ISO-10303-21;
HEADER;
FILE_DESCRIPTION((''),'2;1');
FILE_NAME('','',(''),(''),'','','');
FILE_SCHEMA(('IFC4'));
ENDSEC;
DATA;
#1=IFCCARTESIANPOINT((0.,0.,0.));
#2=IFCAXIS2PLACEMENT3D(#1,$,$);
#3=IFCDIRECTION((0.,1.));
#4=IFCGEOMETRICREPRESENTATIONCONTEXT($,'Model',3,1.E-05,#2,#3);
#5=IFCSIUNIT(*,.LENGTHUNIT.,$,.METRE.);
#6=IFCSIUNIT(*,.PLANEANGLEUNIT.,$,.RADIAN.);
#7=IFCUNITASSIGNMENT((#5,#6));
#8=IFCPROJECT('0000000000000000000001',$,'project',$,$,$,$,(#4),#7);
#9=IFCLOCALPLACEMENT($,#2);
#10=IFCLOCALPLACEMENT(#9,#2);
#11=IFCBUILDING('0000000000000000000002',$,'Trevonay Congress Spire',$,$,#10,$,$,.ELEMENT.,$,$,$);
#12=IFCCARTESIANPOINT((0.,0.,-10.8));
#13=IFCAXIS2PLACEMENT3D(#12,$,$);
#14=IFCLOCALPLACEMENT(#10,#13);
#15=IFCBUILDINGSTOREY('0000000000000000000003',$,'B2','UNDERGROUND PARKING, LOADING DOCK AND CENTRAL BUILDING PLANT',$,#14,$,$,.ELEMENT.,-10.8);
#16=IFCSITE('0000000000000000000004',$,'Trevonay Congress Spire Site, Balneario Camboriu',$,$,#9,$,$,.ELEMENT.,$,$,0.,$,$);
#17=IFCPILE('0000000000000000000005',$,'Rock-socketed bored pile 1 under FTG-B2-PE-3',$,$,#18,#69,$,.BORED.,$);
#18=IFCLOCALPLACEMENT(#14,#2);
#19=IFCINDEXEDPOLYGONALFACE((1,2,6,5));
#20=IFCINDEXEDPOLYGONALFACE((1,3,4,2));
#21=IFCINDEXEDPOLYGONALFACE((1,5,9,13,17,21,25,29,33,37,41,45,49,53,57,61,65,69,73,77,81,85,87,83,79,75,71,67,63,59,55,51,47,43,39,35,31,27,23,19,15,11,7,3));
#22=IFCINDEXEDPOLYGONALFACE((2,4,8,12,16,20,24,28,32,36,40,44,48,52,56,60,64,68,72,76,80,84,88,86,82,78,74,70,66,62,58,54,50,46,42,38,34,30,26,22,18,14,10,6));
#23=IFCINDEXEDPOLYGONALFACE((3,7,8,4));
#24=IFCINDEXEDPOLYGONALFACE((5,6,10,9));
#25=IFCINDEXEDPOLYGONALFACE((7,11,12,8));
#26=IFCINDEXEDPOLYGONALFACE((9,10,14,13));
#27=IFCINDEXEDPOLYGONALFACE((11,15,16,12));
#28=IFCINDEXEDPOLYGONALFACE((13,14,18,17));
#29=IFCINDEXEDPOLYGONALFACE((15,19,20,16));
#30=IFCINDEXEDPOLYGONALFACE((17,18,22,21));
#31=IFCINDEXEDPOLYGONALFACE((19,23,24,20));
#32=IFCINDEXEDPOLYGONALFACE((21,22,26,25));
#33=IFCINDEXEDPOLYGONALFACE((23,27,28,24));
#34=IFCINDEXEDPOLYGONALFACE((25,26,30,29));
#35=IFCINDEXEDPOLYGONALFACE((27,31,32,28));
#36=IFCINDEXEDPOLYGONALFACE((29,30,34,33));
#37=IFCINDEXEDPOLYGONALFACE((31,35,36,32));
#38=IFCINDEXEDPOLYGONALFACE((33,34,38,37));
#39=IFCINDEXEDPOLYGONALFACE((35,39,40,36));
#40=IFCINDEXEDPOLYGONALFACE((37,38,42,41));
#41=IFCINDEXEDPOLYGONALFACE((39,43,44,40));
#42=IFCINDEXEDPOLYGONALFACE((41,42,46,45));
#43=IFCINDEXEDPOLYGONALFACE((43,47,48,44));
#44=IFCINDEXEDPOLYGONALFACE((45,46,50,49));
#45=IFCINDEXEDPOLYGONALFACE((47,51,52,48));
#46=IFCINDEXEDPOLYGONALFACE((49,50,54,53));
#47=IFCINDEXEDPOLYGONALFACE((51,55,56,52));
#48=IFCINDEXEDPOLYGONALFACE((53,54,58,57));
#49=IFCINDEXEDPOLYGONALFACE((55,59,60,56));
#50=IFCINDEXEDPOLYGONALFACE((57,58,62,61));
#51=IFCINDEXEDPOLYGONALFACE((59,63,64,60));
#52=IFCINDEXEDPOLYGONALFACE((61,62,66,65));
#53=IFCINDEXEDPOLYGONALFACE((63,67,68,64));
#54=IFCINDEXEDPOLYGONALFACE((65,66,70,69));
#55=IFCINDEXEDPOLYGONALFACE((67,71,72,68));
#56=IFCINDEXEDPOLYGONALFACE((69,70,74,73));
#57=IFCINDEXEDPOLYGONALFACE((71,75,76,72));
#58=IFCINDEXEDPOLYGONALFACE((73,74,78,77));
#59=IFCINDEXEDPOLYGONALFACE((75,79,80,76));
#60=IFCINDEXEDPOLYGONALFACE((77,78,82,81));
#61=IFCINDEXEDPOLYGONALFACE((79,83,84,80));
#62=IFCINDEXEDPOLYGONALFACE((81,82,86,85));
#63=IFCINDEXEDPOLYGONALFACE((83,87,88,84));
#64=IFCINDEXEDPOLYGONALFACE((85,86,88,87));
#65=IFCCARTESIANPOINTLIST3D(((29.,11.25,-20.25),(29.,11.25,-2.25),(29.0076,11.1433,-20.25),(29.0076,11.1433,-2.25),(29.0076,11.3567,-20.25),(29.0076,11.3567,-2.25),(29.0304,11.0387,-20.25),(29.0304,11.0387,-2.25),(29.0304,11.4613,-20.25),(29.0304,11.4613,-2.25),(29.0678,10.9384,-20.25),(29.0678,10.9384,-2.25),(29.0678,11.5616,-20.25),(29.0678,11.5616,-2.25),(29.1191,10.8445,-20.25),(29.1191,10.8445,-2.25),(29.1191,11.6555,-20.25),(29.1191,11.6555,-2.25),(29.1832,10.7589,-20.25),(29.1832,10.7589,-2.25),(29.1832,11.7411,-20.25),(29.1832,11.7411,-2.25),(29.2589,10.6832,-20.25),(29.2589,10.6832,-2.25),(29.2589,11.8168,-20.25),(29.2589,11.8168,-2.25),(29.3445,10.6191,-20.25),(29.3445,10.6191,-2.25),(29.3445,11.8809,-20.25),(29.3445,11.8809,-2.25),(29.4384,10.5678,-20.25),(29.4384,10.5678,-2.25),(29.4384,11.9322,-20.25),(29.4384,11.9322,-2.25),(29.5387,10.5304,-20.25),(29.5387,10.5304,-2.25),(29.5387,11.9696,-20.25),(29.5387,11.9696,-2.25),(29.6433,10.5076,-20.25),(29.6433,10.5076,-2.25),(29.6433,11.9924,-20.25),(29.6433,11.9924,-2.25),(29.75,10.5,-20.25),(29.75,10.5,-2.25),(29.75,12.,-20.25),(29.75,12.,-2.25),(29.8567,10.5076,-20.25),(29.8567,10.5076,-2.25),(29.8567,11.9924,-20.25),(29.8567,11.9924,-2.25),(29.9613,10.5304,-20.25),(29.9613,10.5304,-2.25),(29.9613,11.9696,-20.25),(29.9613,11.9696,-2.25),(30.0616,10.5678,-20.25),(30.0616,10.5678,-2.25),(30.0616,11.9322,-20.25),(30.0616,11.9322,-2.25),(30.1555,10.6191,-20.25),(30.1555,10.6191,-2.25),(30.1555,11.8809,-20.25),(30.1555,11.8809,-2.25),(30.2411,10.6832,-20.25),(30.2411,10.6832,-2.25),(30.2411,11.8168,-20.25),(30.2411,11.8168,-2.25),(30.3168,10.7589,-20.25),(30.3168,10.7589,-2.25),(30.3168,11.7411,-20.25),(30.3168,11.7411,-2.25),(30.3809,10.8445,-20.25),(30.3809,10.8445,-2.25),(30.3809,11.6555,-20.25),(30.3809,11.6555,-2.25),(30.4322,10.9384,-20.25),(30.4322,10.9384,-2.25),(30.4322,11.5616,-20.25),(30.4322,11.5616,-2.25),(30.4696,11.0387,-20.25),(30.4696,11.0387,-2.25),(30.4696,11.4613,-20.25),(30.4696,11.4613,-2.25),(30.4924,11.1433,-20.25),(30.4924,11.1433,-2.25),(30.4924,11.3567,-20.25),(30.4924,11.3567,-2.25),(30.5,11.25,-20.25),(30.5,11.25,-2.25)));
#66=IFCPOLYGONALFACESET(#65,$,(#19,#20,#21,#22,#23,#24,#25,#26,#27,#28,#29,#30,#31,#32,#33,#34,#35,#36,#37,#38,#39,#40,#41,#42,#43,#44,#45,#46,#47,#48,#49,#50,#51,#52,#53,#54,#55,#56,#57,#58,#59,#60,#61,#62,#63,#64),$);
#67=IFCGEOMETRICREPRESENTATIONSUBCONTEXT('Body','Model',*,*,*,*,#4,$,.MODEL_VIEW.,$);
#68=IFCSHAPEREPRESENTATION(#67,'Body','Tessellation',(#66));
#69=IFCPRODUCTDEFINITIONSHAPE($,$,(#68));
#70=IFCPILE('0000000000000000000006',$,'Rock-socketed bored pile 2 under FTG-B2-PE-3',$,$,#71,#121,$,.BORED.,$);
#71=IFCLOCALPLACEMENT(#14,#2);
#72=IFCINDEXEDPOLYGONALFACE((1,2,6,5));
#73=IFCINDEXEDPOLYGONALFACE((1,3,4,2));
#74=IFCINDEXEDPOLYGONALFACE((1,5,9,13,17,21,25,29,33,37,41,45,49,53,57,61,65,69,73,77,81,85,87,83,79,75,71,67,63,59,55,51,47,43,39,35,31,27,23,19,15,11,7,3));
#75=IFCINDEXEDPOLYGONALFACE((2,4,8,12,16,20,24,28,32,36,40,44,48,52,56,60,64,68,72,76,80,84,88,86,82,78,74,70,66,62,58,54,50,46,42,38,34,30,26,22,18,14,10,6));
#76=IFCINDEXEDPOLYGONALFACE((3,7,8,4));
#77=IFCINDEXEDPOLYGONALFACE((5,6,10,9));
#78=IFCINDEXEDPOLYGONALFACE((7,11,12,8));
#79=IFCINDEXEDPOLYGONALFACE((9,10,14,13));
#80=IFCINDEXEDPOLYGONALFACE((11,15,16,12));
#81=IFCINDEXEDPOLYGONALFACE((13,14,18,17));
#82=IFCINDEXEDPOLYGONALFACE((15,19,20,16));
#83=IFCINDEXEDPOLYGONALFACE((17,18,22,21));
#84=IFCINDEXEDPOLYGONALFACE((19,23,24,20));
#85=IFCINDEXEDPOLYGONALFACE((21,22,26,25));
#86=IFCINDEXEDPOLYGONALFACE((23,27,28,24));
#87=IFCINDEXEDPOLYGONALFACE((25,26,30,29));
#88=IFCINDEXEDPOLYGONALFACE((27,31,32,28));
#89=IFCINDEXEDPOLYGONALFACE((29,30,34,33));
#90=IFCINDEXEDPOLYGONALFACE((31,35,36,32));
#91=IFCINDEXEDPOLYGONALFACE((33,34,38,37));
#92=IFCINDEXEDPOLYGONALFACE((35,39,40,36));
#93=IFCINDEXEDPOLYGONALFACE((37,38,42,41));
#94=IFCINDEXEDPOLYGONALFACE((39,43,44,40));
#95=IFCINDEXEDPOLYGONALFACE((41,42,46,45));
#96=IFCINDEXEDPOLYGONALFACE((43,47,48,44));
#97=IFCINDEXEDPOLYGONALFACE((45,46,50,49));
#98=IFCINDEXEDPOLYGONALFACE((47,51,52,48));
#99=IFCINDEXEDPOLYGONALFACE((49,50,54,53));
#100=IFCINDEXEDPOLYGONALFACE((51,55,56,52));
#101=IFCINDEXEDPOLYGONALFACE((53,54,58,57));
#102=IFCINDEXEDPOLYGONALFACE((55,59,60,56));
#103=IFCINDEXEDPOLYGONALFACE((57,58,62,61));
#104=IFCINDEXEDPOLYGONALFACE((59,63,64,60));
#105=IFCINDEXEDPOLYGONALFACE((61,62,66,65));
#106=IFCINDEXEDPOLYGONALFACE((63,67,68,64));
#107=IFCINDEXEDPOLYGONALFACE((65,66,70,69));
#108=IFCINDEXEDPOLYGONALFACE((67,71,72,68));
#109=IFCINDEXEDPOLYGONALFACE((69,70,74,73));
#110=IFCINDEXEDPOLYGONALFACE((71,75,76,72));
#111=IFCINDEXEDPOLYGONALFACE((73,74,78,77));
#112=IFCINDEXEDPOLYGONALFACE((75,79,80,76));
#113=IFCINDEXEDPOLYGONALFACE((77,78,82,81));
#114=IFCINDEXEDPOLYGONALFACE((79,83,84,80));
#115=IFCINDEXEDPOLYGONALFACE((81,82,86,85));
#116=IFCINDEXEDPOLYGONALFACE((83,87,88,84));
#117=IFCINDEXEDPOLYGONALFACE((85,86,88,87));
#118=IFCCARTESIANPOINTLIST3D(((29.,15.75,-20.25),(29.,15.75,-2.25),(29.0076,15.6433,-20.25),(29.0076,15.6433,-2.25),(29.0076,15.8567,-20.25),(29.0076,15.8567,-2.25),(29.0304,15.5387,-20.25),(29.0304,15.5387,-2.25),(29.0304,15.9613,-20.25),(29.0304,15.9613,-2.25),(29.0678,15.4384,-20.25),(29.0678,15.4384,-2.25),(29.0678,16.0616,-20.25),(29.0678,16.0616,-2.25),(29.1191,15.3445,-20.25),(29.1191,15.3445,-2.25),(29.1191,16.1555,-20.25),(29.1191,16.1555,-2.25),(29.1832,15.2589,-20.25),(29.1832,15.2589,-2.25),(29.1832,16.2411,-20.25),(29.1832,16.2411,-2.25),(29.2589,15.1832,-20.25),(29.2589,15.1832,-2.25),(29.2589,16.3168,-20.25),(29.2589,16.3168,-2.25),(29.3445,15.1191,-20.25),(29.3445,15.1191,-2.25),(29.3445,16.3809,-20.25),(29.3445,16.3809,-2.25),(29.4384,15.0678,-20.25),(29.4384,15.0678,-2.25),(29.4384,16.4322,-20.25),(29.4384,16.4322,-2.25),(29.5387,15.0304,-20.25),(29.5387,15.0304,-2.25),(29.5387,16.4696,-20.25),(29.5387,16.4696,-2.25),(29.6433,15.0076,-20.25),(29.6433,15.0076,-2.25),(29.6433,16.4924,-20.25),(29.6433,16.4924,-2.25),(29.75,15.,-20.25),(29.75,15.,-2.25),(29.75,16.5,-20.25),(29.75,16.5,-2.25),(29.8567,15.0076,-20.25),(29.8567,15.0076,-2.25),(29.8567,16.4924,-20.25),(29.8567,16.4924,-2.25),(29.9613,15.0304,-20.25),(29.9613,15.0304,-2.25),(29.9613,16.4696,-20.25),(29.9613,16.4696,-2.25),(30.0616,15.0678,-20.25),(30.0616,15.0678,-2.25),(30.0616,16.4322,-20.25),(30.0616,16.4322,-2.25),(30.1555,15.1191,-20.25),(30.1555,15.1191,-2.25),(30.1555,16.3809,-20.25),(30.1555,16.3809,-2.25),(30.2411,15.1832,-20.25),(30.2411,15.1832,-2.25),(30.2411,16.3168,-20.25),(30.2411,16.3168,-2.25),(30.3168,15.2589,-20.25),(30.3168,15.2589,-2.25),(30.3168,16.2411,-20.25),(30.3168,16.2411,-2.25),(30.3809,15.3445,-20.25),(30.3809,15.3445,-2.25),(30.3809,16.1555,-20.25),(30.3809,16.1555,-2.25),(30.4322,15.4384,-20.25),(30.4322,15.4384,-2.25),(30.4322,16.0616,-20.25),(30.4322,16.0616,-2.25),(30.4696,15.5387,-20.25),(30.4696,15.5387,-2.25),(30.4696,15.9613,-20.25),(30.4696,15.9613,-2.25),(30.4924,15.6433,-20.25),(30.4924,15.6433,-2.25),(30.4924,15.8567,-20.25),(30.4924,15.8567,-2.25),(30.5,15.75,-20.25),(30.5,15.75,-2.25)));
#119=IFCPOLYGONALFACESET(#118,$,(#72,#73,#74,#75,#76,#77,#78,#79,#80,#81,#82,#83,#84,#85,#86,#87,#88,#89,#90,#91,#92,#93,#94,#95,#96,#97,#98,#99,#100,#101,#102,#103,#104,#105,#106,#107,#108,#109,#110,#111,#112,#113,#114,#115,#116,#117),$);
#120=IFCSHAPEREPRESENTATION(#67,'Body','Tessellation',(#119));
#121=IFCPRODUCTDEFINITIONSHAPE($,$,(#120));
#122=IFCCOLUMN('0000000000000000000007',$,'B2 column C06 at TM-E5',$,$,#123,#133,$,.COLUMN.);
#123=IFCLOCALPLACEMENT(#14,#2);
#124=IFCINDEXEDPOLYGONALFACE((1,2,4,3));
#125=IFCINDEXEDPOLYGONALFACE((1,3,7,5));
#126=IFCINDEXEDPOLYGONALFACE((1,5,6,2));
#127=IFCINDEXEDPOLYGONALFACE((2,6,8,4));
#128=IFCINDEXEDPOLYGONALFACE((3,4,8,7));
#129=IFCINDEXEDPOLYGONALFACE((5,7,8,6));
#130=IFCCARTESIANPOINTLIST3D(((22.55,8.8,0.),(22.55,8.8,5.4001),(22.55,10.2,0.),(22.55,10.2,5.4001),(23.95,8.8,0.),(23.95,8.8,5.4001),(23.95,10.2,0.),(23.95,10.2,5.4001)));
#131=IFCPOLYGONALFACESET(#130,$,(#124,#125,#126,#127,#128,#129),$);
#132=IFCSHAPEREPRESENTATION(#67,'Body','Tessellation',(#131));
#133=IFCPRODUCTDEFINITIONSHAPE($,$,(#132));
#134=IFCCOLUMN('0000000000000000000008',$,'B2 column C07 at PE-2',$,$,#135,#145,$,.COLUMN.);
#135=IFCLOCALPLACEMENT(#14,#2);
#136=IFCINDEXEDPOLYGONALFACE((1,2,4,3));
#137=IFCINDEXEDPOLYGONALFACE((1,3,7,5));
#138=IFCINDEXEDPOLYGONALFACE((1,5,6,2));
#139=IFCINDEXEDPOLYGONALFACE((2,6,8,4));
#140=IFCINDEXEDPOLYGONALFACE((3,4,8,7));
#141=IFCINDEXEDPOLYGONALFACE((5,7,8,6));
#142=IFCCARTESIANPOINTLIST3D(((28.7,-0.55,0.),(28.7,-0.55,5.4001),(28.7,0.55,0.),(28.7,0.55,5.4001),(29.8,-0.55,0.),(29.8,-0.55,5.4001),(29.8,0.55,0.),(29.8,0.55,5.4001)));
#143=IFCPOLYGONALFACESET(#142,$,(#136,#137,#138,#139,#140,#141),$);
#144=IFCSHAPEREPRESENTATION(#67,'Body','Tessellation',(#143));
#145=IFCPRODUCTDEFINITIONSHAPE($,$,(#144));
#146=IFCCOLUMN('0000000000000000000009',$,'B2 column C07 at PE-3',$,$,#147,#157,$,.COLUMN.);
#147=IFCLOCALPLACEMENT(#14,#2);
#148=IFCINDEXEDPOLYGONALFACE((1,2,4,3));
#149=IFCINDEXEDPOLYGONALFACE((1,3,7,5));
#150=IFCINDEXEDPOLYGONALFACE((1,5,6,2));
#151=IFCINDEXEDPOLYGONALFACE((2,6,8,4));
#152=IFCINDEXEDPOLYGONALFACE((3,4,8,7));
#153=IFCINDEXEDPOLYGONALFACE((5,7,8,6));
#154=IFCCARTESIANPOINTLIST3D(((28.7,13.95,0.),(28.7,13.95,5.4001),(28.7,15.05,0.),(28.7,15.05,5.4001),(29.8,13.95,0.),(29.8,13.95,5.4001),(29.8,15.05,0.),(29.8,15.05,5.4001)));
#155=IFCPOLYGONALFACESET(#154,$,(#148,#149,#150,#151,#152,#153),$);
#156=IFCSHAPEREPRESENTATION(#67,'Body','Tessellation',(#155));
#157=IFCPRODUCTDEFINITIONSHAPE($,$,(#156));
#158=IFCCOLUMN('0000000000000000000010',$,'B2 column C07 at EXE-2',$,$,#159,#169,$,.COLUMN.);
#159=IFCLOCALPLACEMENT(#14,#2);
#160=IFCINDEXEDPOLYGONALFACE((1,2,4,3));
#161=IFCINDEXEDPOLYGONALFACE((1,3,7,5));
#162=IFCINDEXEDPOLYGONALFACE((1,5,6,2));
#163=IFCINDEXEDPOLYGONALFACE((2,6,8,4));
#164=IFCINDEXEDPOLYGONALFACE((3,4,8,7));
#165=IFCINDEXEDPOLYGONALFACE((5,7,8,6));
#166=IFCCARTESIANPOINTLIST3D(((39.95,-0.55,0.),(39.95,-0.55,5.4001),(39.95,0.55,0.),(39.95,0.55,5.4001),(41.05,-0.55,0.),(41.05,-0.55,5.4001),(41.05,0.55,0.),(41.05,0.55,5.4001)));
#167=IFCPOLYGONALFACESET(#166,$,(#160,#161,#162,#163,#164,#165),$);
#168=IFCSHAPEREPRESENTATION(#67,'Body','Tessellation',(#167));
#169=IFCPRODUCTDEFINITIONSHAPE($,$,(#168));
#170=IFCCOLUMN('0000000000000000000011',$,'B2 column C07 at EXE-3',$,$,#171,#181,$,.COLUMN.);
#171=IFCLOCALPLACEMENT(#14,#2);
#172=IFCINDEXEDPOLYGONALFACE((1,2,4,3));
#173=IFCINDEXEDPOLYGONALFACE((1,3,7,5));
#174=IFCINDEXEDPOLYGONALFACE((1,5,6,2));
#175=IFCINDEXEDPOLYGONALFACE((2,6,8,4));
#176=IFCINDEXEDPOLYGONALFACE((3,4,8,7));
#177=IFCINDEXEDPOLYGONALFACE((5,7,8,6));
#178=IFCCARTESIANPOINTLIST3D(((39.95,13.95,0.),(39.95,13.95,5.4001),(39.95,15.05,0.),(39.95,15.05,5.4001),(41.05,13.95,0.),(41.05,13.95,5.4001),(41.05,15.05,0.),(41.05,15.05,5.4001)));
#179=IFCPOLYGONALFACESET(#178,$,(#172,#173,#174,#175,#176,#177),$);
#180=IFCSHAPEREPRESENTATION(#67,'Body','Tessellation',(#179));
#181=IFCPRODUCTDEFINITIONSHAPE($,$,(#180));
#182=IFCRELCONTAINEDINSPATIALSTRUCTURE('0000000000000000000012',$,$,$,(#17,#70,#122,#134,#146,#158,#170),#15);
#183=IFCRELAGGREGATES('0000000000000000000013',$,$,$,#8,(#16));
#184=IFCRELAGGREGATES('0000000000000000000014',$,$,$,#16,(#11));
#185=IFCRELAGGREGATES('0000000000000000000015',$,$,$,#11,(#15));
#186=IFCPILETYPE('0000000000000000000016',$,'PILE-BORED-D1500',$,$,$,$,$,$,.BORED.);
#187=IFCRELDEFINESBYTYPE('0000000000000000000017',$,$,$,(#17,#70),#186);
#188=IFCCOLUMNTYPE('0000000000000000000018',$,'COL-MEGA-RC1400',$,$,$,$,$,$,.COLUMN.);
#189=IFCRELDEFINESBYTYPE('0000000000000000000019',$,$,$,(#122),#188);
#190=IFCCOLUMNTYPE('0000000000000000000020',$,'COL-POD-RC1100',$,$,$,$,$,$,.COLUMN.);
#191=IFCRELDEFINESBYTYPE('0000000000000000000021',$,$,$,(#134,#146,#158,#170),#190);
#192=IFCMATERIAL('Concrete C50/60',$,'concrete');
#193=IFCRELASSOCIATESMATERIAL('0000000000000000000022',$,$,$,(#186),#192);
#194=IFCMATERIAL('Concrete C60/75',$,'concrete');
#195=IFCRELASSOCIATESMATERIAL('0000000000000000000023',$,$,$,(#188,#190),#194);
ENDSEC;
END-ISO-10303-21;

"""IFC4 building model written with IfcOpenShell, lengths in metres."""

from ifc_helpers import new_model, si_unit, direction, frame, origin, origin_2d, place, context, subcontext, project, spatial, rectangle, circle, extrude, material, material_profile, profile_set, type_object, element, save


model = new_model("IFC4")

# Units and contexts
model_context = context("Model", 3, precision=1e-05, world=origin(), true_north=direction((0.0, 1.0)))
body_context = subcontext(model_context, "Body", "Model", "MODEL_VIEW")
ifc_project = project(units=[si_unit("LENGTHUNIT", "METRE"), si_unit("PLANEANGLEUNIT", "RADIAN")], contexts=[model_context])

# Site, building, storey
site_placement = place(None, origin())
site = spatial("IfcSite", under=ifc_project, at=site_placement, Name="Trevonay Congress Spire Site, Balneario Camboriu", CompositionType="ELEMENT", RefElevation=0.0)
building_placement = place(site_placement, origin())
building = spatial("IfcBuilding", under=site, at=building_placement, Name="Trevonay Congress Spire", CompositionType="ELEMENT")
storey_placement = place(building_placement, frame((0.0, 0.0, -10.8)))
storey = spatial("IfcBuildingStorey", under=building, at=storey_placement, Name="B2", Description="UNDERGROUND PARKING, LOADING DOCK AND CENTRAL BUILDING PLANT", CompositionType="ELEMENT", Elevation=-10.8)

# Shared definitions
ifc_material_1 = material(Name="Concrete C50/60", Category="concrete")

# Piles
ifc_material_profile_1 = material_profile(ifc_material_1, circle(Radius=0.75, at=origin_2d()), Name="PILE D1500")
ifc_profile_set_1 = profile_set([ifc_material_profile_1], Name="Concrete C50/60")
pile_type = type_object("IfcPileType", Name="PILE-BORED-D1500", PredefinedType="BORED", material=ifc_profile_set_1)
for number, where, z_axis, x_axis, name in (
    (1, (29.75, 11.25, -2.25), (0.0, 0.0, -1.0), (1.0, 0.0, 0.0), "Rock-socketed bored pile 1 under FTG-B2-PE-3"),
    (2, (29.75, 15.75, -2.25), (0.0, 0.0, -1.0), (1.0, 0.0, 0.0), "Rock-socketed bored pile 2 under FTG-B2-PE-3"),
):
    element("IfcPile", number, at=place(storey_placement, frame(where, z_axis=z_axis, x_axis=x_axis)), inside=storey, type_object=pile_type, Name=name, PredefinedType="BORED", context=body_context, shape_type="SweptSolid", body=[
        extrude(circle(Radius=0.75, at=origin_2d()), origin(), (0.0, 0.0, 1.0), 18.0),
    ])

# Columns
ifc_material_2 = material(Name="Concrete C60/75", Category="concrete")
ifc_material_profile_2 = material_profile(ifc_material_2, rectangle(XDim=1.3999, YDim=1.3999, at=origin_2d()), Name="RC 1400x1400")
ifc_profile_set_2 = profile_set([ifc_material_profile_2], Name="Concrete C60/75")
column_type_1 = type_object("IfcColumnType", Name="COL-MEGA-RC1400", PredefinedType="COLUMN", material=ifc_profile_set_2)
column_placement = place(storey_placement, frame((23.25, 9.5, 0.0), z_axis=(0.0, 0.0, 1.0), x_axis=(1.0, 0.0, 0.0)))
element("IfcColumn", 3, at=column_placement, inside=storey, type_object=column_type_1, Name="B2 column C06 at TM-E5", PredefinedType="COLUMN", context=body_context, shape_type="SweptSolid", body=[
    extrude(rectangle(XDim=1.3999, YDim=1.3999, at=origin_2d()), origin(), (0.0, 0.0, 1.0), 5.4001),
])
ifc_material_profile_3 = material_profile(ifc_material_2, rectangle(XDim=1.1001, YDim=1.1001, at=origin_2d()), Name="RC 1100x1100")
ifc_profile_set_3 = profile_set([ifc_material_profile_3], Name="Concrete C60/75")
column_type_2 = type_object("IfcColumnType", Name="COL-POD-RC1100", PredefinedType="COLUMN", material=ifc_profile_set_3)
for number, where, z_axis, x_axis, name in (
    (4, (29.25, 0.0, 0.0), (0.0, 0.0, 1.0), (1.0, 0.0, 0.0), "B2 column C07 at PE-2"),
    (5, (29.25, 14.5, 0.0), (0.0, 0.0, 1.0), (1.0, 0.0, 0.0), "B2 column C07 at PE-3"),
    (6, (40.5, 0.0, 0.0), (0.0, 0.0, 1.0), (1.0, 0.0, 0.0), "B2 column C07 at EXE-2"),
    (7, (40.5, 14.5, 0.0), (0.0, 0.0, 1.0), (1.0, 0.0, 0.0), "B2 column C07 at EXE-3"),
):
    element("IfcColumn", number, at=place(storey_placement, frame(where, z_axis=z_axis, x_axis=x_axis)), inside=storey, type_object=column_type_2, Name=name, PredefinedType="COLUMN", context=body_context, shape_type="SweptSolid", body=[
        extrude(rectangle(XDim=1.1001, YDim=1.1001, at=origin_2d()), origin(), (0.0, 0.0, 1.0), 5.4001),
    ])

save(model, "model.ifc")
